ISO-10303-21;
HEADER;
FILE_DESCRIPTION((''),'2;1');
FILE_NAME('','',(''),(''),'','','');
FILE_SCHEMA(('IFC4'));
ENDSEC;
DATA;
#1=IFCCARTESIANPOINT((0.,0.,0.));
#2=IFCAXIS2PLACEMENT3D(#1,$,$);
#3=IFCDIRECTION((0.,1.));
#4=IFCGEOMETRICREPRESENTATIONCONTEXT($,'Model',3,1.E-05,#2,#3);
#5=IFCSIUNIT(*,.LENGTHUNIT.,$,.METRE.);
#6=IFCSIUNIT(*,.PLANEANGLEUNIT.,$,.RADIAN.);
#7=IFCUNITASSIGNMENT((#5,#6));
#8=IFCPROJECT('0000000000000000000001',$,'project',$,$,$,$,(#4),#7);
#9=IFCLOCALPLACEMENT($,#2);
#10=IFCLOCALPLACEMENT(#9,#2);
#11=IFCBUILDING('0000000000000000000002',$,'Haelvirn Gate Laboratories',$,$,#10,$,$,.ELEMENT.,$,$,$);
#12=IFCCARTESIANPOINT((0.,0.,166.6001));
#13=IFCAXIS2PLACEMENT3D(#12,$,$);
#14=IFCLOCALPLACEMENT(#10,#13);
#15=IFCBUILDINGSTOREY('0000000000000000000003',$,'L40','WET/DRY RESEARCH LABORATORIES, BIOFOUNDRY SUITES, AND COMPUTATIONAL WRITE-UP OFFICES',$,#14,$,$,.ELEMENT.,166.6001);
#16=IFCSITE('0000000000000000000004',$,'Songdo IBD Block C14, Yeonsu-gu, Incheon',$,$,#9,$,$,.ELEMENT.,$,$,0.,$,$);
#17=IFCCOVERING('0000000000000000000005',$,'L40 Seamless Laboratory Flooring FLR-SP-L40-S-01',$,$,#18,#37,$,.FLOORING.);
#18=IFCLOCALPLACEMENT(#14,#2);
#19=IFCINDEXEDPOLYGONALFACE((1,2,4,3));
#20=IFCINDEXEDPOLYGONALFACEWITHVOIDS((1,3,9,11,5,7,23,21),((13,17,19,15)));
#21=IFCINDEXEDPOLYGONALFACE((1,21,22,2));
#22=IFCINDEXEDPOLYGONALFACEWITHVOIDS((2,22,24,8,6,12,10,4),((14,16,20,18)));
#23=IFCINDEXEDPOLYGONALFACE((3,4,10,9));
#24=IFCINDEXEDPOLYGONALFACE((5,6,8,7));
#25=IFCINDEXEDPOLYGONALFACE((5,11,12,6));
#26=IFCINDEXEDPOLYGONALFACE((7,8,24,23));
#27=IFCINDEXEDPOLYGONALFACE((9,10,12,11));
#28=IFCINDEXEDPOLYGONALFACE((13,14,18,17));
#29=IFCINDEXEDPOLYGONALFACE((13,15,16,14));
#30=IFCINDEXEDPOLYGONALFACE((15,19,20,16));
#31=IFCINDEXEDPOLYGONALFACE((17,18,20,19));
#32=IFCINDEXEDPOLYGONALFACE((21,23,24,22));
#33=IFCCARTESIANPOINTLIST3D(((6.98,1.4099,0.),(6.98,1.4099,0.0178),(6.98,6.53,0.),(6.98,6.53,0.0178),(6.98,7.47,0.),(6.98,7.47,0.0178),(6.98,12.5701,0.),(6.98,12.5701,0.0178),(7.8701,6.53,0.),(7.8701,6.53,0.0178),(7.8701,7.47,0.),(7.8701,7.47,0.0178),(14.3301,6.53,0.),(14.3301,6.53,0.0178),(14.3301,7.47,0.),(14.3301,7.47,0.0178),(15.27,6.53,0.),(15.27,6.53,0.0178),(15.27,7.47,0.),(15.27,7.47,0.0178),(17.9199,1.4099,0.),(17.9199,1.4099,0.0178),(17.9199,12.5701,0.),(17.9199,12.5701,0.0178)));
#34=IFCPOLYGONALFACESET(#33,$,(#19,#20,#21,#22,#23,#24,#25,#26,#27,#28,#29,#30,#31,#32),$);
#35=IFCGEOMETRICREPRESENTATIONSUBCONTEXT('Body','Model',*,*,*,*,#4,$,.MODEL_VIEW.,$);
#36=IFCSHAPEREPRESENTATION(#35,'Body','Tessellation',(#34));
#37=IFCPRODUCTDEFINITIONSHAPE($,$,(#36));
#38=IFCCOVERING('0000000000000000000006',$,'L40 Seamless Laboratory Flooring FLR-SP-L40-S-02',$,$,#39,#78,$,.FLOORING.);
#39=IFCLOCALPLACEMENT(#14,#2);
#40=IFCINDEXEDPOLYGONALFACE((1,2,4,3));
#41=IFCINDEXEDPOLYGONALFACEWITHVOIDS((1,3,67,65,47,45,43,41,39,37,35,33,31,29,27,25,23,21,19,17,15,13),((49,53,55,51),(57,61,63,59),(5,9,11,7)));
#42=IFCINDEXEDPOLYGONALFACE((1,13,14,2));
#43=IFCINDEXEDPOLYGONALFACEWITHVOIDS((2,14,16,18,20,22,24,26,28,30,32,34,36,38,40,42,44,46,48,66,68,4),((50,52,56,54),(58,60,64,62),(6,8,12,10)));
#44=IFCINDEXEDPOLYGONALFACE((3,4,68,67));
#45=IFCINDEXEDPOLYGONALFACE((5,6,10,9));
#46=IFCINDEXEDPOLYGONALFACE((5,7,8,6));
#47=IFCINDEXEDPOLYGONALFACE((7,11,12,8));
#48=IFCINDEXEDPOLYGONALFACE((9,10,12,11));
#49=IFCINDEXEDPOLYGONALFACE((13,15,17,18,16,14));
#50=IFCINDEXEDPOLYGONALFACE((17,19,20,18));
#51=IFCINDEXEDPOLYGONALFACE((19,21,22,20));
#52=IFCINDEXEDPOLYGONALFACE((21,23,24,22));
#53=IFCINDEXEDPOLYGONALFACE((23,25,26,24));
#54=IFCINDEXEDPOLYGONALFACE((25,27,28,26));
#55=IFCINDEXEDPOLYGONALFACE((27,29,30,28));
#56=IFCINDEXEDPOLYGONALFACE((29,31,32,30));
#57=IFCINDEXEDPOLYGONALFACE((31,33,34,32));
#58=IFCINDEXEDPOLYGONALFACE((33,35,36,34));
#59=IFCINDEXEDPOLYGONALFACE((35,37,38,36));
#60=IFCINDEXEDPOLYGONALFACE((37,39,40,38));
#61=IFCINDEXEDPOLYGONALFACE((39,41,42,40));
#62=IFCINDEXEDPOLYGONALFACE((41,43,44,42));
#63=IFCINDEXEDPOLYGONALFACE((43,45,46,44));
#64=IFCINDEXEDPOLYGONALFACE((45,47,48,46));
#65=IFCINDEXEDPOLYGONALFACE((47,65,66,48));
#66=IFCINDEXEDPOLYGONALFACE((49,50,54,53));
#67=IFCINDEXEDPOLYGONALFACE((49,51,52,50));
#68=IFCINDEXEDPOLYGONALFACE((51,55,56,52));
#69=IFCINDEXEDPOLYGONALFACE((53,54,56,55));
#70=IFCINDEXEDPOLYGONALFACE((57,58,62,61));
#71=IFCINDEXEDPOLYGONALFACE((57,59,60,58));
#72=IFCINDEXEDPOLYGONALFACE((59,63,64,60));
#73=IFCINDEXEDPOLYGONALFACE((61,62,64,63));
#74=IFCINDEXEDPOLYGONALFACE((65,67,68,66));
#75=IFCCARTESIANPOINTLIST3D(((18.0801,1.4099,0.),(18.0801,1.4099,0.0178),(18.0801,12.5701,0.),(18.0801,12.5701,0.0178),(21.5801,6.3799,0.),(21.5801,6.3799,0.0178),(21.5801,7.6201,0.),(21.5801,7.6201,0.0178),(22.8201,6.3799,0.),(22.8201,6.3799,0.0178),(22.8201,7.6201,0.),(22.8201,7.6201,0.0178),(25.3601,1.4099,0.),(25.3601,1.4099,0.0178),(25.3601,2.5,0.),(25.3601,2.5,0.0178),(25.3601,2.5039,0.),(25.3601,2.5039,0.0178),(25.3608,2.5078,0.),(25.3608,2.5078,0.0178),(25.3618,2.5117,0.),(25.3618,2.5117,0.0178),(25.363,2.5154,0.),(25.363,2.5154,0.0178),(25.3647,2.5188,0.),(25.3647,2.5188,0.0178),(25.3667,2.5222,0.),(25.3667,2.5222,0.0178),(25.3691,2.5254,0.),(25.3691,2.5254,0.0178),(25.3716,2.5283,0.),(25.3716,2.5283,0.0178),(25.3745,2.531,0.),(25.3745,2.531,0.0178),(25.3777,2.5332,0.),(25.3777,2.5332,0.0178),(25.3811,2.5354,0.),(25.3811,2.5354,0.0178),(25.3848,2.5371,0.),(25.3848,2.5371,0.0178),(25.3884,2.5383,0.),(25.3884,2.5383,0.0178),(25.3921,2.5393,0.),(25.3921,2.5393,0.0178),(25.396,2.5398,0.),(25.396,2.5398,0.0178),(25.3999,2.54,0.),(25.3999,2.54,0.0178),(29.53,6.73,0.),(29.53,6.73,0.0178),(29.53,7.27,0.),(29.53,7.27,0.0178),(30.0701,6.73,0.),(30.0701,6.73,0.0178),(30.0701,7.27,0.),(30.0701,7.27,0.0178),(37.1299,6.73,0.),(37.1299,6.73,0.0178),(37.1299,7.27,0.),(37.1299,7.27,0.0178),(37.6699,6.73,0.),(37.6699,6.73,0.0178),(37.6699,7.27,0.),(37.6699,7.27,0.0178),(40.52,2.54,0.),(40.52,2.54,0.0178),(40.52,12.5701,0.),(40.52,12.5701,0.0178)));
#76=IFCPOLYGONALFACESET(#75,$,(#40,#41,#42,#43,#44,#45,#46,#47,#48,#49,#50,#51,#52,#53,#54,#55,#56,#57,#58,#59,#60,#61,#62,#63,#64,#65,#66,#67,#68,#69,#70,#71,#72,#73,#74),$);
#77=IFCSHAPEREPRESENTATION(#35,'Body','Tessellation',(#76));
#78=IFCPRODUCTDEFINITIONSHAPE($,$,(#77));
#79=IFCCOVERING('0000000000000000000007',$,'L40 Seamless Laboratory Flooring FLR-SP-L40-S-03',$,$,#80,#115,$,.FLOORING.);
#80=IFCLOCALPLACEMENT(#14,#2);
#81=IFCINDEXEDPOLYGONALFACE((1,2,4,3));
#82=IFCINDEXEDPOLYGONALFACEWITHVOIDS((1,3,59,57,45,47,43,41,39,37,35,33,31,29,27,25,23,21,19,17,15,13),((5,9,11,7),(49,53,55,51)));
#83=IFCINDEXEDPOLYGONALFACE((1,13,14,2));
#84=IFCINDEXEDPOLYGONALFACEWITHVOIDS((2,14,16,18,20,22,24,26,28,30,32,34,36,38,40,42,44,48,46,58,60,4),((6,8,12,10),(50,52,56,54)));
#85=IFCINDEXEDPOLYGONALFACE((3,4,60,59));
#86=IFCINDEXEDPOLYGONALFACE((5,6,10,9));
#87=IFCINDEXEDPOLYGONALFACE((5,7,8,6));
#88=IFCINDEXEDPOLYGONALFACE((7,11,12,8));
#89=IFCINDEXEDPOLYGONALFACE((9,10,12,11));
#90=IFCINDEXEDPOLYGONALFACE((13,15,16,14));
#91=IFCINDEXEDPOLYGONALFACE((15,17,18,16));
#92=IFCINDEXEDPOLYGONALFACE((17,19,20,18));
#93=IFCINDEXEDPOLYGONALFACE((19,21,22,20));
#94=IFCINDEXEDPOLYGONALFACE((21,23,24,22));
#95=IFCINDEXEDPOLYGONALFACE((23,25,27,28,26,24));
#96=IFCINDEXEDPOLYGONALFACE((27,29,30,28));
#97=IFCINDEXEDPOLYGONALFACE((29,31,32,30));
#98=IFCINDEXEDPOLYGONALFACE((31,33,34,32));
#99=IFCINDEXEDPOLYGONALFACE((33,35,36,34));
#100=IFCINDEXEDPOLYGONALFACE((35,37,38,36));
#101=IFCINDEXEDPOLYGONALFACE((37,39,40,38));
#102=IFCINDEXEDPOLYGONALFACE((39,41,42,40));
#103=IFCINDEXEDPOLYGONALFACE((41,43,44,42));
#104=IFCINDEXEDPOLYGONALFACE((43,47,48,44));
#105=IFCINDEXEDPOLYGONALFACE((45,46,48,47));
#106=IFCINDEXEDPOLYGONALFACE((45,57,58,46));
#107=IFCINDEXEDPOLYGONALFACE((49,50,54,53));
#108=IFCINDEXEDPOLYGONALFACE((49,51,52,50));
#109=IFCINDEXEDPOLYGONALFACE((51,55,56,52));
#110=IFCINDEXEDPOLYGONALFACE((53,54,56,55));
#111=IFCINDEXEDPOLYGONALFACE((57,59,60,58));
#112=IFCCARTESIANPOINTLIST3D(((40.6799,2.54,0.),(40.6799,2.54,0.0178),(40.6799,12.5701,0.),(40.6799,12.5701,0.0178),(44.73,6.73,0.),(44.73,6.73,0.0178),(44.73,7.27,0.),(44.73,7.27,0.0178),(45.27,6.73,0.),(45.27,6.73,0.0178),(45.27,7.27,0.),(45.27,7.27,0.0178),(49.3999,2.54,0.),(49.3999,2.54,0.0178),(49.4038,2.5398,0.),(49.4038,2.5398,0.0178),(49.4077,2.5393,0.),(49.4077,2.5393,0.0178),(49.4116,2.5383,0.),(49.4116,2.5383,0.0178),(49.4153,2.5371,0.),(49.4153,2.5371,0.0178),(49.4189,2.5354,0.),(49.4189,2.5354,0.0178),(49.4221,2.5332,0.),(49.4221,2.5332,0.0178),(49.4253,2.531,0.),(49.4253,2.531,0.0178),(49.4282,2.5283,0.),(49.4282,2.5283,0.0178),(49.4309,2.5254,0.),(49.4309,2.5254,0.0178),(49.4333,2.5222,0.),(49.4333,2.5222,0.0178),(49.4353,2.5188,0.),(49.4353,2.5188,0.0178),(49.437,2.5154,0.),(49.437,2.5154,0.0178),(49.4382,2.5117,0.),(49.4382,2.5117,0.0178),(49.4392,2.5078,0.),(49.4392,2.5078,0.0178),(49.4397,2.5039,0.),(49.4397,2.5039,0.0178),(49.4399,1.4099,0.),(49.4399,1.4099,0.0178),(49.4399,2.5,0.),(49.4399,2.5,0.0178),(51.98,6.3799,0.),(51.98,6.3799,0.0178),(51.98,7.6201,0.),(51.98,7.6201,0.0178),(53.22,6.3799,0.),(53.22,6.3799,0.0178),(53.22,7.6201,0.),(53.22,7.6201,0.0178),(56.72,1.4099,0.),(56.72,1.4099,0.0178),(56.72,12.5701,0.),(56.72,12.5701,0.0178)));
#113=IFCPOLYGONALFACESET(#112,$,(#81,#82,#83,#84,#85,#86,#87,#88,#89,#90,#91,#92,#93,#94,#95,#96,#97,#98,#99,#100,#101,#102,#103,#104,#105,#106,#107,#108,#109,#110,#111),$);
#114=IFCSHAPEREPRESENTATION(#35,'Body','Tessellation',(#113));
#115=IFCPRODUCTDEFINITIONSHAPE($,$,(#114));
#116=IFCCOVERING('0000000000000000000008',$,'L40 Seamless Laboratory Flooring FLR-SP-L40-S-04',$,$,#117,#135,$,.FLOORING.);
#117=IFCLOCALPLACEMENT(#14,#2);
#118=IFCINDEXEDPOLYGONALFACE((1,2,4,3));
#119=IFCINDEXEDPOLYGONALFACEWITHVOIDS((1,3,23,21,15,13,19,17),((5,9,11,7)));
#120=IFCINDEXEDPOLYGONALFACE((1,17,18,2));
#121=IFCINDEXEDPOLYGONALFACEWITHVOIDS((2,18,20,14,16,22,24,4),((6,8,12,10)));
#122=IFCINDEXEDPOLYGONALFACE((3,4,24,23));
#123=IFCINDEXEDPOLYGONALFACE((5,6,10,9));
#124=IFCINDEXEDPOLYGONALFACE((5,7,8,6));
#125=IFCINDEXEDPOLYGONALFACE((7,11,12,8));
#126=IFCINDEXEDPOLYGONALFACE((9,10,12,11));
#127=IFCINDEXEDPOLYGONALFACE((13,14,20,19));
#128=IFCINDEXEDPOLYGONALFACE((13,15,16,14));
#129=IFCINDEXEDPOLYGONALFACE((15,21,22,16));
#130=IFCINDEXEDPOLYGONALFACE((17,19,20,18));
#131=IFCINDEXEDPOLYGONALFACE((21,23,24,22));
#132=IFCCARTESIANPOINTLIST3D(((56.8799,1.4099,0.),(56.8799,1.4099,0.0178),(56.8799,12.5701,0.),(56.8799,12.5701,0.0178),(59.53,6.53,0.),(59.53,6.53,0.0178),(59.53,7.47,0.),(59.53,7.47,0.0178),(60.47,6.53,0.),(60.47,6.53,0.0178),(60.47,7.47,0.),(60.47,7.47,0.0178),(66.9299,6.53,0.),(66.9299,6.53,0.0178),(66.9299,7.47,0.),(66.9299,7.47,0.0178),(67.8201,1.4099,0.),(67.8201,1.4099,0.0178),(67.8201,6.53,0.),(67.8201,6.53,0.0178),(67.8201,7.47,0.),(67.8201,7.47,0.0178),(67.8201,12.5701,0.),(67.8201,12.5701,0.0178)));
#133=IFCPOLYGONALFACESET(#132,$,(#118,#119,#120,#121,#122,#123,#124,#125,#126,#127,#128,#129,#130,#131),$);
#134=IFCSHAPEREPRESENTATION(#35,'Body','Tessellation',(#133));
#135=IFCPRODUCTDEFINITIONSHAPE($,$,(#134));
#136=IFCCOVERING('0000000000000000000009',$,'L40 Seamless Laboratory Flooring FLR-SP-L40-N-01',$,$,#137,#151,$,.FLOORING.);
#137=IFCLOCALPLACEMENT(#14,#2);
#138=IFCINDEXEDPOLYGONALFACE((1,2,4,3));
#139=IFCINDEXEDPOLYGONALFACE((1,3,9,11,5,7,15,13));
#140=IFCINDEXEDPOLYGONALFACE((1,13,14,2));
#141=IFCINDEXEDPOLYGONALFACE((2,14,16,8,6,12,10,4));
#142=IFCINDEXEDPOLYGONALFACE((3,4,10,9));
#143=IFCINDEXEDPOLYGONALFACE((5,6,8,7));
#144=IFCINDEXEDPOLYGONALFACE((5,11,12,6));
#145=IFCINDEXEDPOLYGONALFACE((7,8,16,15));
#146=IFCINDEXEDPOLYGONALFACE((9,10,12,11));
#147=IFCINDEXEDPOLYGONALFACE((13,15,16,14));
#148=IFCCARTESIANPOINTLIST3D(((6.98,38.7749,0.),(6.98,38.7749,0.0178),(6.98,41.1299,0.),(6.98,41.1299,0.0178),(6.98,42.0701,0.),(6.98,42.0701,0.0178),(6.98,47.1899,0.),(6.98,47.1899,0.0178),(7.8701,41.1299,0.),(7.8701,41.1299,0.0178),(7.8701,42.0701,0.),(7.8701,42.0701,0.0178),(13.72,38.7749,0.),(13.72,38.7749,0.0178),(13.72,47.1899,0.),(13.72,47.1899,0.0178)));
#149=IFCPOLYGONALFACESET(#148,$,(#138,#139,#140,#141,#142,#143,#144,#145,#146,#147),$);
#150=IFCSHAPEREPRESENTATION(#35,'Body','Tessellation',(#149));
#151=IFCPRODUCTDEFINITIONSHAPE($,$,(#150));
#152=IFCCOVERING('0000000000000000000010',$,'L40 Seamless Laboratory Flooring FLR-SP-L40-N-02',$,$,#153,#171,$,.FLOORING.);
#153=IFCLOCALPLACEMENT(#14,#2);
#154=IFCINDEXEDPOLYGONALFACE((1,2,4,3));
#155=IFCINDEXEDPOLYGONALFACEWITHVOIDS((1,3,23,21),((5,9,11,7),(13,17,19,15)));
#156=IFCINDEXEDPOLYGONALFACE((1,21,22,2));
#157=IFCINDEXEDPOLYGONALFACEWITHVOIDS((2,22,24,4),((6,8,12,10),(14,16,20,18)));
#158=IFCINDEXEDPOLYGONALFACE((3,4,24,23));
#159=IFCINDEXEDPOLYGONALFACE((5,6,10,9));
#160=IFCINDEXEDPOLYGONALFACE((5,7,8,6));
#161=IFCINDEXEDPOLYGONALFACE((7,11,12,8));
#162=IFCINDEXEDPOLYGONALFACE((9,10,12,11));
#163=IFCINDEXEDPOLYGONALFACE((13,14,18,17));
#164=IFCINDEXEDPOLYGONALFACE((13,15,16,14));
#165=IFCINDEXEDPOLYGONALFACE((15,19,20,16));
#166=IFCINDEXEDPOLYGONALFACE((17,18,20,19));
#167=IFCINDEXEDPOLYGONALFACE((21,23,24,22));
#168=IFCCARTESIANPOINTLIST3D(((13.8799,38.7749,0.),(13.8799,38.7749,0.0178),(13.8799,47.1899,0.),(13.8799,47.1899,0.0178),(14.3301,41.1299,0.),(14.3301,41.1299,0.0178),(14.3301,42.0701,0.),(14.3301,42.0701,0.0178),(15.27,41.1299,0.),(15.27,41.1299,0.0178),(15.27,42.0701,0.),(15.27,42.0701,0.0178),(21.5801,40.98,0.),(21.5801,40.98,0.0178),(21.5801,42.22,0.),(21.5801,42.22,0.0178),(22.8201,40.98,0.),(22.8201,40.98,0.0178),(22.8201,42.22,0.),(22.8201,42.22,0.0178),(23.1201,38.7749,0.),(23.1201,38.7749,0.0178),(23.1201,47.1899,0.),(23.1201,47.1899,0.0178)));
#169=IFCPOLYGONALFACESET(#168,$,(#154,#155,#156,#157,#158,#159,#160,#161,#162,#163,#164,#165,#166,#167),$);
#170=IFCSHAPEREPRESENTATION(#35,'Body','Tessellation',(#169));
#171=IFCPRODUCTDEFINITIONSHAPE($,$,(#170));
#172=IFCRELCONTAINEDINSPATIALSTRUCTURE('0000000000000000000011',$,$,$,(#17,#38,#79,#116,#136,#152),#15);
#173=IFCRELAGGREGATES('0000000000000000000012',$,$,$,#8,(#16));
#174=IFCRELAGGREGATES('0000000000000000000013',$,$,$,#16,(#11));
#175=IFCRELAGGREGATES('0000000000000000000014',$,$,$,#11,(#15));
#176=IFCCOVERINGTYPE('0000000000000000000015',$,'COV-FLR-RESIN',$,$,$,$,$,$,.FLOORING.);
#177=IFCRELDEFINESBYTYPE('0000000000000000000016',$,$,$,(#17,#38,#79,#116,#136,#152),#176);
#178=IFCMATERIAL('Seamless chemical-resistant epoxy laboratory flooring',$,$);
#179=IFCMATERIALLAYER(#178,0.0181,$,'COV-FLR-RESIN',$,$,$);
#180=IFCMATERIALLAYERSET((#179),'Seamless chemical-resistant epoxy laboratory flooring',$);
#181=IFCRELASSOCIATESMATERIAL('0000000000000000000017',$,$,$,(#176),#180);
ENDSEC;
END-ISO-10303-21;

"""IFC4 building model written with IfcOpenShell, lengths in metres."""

from ifc_helpers import new_model, si_unit, direction, frame, origin, place, context, subcontext, project, spatial, polyline, outline, extrude, material, layer, layer_set, type_object, element, save


model = new_model("IFC4")

# Units and contexts
model_context = context("Model", 3, precision=1e-05, world=origin(), true_north=direction((0.0, 1.0)))
body_context = subcontext(model_context, "Body", "Model", "MODEL_VIEW")
ifc_project = project(units=[si_unit("LENGTHUNIT", "METRE"), si_unit("PLANEANGLEUNIT", "RADIAN")], contexts=[model_context])

# Site, building, storey
site_placement = place(None, origin())
site = spatial("IfcSite", under=ifc_project, at=site_placement, Name="Songdo IBD Block C14, Yeonsu-gu, Incheon", CompositionType="ELEMENT", RefElevation=0.0)
building_placement = place(site_placement, origin())
building = spatial("IfcBuilding", under=site, at=building_placement, Name="Haelvirn Gate Laboratories", CompositionType="ELEMENT")
storey_placement = place(building_placement, frame((0.0, 0.0, 166.6001)))
storey = spatial("IfcBuildingStorey", under=building, at=storey_placement, Name="L40", Description="WET/DRY RESEARCH LABORATORIES, BIOFOUNDRY SUITES, AND COMPUTATIONAL WRITE-UP OFFICES", CompositionType="ELEMENT", Elevation=166.6001)

# Coverings
ifc_material_1 = material(Name="Seamless chemical-resistant epoxy laboratory flooring")
ifc_layer_1 = layer(ifc_material_1, 0.0181, Name="COV-FLR-RESIN")
ifc_layer_set_1 = layer_set([ifc_layer_1], Name="Seamless chemical-resistant epoxy laboratory flooring")
covering_type = type_object("IfcCoveringType", Name="COV-FLR-RESIN", PredefinedType="FLOORING", material=ifc_layer_set_1)
covering_1_placement = place(storey_placement, origin())
element("IfcCovering", 1, at=covering_1_placement, inside=storey, type_object=covering_type, Name="L40 Seamless Laboratory Flooring FLR-SP-L40-S-01", PredefinedType="FLOORING", context=body_context, shape_type="SweptSolid", body=[
    extrude(outline(polyline([(17.9199, 1.4099), (6.98, 1.4099), (6.98, 6.53), (7.8701, 6.53), (7.8701, 7.47), (6.98, 7.47), (6.98, 12.5701), (17.9199, 12.5701), (17.9199, 1.4099)]), holes=[polyline([(14.3301, 6.53), (15.27, 6.53), (15.27, 7.47), (14.3301, 7.47), (14.3301, 6.53)])]), origin(), (0.0, 0.0, 1.0), 0.0178),
])
covering_2_placement = place(storey_placement, origin())
element("IfcCovering", 2, at=covering_2_placement, inside=storey, type_object=covering_type, Name="L40 Seamless Laboratory Flooring FLR-SP-L40-S-02", PredefinedType="FLOORING", context=body_context, shape_type="SweptSolid", body=[
    extrude(outline(polyline([(25.3999, 2.54), (25.396, 2.5398), (25.3921, 2.5393), (25.3884, 2.5383), (25.3848, 2.5371), (25.3811, 2.5354), (25.3777, 2.5332), (25.3745, 2.531), (25.3716, 2.5283), (25.3691, 2.5254), (25.3667, 2.5222), (25.3647, 2.5188), (25.363, 2.5154), (25.3618, 2.5117), (25.3608, 2.5078), (25.3601, 2.5039), (25.3601, 2.5), (25.3601, 1.4099), (18.0801, 1.4099), (18.0801, 12.5701), (40.52, 12.5701), (40.52, 2.54), (25.3999, 2.54)]), holes=[polyline([(22.8201, 6.3799), (22.8201, 7.6201), (21.5801, 7.6201), (21.5801, 6.3799), (22.8201, 6.3799)]), polyline([(29.53, 6.73), (30.0701, 6.73), (30.0701, 7.27), (29.53, 7.27), (29.53, 6.73)]), polyline([(37.1299, 7.27), (37.1299, 6.73), (37.6699, 6.73), (37.6699, 7.27), (37.1299, 7.27)])]), origin(), (0.0, 0.0, 1.0), 0.0178),
])
covering_3_placement = place(storey_placement, origin())
element("IfcCovering", 3, at=covering_3_placement, inside=storey, type_object=covering_type, Name="L40 Seamless Laboratory Flooring FLR-SP-L40-S-03", PredefinedType="FLOORING", context=body_context, shape_type="SweptSolid", body=[
    extrude(outline(polyline([(49.4399, 1.4099), (49.4399, 2.5), (49.4397, 2.5039), (49.4392, 2.5078), (49.4382, 2.5117), (49.437, 2.5154), (49.4353, 2.5188), (49.4333, 2.5222), (49.4309, 2.5254), (49.4282, 2.5283), (49.4253, 2.531), (49.4221, 2.5332), (49.4189, 2.5354), (49.4153, 2.5371), (49.4116, 2.5383), (49.4077, 2.5393), (49.4038, 2.5398), (49.3999, 2.54), (40.6799, 2.54), (40.6799, 12.5701), (56.72, 12.5701), (56.72, 1.4099), (49.4399, 1.4099)]), holes=[polyline([(51.98, 6.3799), (53.22, 6.3799), (53.22, 7.6201), (51.98, 7.6201), (51.98, 6.3799)]), polyline([(44.73, 7.27), (44.73, 6.73), (45.27, 6.73), (45.27, 7.27), (44.73, 7.27)])]), origin(), (0.0, 0.0, 1.0), 0.0178),
])
covering_4_placement = place(storey_placement, origin())
element("IfcCovering", 4, at=covering_4_placement, inside=storey, type_object=covering_type, Name="L40 Seamless Laboratory Flooring FLR-SP-L40-S-04", PredefinedType="FLOORING", context=body_context, shape_type="SweptSolid", body=[
    extrude(outline(polyline([(67.8201, 7.47), (66.9299, 7.47), (66.9299, 6.53), (67.8201, 6.53), (67.8201, 1.4099), (56.8799, 1.4099), (56.8799, 12.5701), (67.8201, 12.5701), (67.8201, 7.47)]), holes=[polyline([(59.53, 6.53), (60.47, 6.53), (60.47, 7.47), (59.53, 7.47), (59.53, 6.53)])]), origin(), (0.0, 0.0, 1.0), 0.0178),
])
covering_5_placement = place(storey_placement, origin())
element("IfcCovering", 5, at=covering_5_placement, inside=storey, type_object=covering_type, Name="L40 Seamless Laboratory Flooring FLR-SP-L40-N-01", PredefinedType="FLOORING", context=body_context, shape_type="SweptSolid", body=[
    extrude(outline(polyline([(7.8701, 41.1299), (7.8701, 42.0701), (6.98, 42.0701), (6.98, 47.1899), (13.72, 47.1899), (13.72, 38.7749), (6.98, 38.7749), (6.98, 41.1299), (7.8701, 41.1299)])), origin(), (0.0, 0.0, 1.0), 0.0178),
])
covering_6_placement = place(storey_placement, origin())
element("IfcCovering", 6, at=covering_6_placement, inside=storey, type_object=covering_type, Name="L40 Seamless Laboratory Flooring FLR-SP-L40-N-02", PredefinedType="FLOORING", context=body_context, shape_type="SweptSolid", body=[
    extrude(outline(polyline([(23.1201, 38.7749), (13.8799, 38.7749), (13.8799, 47.1899), (23.1201, 47.1899), (23.1201, 38.7749)]), holes=[polyline([(14.3301, 41.1299), (15.27, 41.1299), (15.27, 42.0701), (14.3301, 42.0701), (14.3301, 41.1299)]), polyline([(21.5801, 42.22), (21.5801, 40.98), (22.8201, 40.98), (22.8201, 42.22), (21.5801, 42.22)])]), origin(), (0.0, 0.0, 1.0), 0.0178),
])

save(model, "model.ifc")
